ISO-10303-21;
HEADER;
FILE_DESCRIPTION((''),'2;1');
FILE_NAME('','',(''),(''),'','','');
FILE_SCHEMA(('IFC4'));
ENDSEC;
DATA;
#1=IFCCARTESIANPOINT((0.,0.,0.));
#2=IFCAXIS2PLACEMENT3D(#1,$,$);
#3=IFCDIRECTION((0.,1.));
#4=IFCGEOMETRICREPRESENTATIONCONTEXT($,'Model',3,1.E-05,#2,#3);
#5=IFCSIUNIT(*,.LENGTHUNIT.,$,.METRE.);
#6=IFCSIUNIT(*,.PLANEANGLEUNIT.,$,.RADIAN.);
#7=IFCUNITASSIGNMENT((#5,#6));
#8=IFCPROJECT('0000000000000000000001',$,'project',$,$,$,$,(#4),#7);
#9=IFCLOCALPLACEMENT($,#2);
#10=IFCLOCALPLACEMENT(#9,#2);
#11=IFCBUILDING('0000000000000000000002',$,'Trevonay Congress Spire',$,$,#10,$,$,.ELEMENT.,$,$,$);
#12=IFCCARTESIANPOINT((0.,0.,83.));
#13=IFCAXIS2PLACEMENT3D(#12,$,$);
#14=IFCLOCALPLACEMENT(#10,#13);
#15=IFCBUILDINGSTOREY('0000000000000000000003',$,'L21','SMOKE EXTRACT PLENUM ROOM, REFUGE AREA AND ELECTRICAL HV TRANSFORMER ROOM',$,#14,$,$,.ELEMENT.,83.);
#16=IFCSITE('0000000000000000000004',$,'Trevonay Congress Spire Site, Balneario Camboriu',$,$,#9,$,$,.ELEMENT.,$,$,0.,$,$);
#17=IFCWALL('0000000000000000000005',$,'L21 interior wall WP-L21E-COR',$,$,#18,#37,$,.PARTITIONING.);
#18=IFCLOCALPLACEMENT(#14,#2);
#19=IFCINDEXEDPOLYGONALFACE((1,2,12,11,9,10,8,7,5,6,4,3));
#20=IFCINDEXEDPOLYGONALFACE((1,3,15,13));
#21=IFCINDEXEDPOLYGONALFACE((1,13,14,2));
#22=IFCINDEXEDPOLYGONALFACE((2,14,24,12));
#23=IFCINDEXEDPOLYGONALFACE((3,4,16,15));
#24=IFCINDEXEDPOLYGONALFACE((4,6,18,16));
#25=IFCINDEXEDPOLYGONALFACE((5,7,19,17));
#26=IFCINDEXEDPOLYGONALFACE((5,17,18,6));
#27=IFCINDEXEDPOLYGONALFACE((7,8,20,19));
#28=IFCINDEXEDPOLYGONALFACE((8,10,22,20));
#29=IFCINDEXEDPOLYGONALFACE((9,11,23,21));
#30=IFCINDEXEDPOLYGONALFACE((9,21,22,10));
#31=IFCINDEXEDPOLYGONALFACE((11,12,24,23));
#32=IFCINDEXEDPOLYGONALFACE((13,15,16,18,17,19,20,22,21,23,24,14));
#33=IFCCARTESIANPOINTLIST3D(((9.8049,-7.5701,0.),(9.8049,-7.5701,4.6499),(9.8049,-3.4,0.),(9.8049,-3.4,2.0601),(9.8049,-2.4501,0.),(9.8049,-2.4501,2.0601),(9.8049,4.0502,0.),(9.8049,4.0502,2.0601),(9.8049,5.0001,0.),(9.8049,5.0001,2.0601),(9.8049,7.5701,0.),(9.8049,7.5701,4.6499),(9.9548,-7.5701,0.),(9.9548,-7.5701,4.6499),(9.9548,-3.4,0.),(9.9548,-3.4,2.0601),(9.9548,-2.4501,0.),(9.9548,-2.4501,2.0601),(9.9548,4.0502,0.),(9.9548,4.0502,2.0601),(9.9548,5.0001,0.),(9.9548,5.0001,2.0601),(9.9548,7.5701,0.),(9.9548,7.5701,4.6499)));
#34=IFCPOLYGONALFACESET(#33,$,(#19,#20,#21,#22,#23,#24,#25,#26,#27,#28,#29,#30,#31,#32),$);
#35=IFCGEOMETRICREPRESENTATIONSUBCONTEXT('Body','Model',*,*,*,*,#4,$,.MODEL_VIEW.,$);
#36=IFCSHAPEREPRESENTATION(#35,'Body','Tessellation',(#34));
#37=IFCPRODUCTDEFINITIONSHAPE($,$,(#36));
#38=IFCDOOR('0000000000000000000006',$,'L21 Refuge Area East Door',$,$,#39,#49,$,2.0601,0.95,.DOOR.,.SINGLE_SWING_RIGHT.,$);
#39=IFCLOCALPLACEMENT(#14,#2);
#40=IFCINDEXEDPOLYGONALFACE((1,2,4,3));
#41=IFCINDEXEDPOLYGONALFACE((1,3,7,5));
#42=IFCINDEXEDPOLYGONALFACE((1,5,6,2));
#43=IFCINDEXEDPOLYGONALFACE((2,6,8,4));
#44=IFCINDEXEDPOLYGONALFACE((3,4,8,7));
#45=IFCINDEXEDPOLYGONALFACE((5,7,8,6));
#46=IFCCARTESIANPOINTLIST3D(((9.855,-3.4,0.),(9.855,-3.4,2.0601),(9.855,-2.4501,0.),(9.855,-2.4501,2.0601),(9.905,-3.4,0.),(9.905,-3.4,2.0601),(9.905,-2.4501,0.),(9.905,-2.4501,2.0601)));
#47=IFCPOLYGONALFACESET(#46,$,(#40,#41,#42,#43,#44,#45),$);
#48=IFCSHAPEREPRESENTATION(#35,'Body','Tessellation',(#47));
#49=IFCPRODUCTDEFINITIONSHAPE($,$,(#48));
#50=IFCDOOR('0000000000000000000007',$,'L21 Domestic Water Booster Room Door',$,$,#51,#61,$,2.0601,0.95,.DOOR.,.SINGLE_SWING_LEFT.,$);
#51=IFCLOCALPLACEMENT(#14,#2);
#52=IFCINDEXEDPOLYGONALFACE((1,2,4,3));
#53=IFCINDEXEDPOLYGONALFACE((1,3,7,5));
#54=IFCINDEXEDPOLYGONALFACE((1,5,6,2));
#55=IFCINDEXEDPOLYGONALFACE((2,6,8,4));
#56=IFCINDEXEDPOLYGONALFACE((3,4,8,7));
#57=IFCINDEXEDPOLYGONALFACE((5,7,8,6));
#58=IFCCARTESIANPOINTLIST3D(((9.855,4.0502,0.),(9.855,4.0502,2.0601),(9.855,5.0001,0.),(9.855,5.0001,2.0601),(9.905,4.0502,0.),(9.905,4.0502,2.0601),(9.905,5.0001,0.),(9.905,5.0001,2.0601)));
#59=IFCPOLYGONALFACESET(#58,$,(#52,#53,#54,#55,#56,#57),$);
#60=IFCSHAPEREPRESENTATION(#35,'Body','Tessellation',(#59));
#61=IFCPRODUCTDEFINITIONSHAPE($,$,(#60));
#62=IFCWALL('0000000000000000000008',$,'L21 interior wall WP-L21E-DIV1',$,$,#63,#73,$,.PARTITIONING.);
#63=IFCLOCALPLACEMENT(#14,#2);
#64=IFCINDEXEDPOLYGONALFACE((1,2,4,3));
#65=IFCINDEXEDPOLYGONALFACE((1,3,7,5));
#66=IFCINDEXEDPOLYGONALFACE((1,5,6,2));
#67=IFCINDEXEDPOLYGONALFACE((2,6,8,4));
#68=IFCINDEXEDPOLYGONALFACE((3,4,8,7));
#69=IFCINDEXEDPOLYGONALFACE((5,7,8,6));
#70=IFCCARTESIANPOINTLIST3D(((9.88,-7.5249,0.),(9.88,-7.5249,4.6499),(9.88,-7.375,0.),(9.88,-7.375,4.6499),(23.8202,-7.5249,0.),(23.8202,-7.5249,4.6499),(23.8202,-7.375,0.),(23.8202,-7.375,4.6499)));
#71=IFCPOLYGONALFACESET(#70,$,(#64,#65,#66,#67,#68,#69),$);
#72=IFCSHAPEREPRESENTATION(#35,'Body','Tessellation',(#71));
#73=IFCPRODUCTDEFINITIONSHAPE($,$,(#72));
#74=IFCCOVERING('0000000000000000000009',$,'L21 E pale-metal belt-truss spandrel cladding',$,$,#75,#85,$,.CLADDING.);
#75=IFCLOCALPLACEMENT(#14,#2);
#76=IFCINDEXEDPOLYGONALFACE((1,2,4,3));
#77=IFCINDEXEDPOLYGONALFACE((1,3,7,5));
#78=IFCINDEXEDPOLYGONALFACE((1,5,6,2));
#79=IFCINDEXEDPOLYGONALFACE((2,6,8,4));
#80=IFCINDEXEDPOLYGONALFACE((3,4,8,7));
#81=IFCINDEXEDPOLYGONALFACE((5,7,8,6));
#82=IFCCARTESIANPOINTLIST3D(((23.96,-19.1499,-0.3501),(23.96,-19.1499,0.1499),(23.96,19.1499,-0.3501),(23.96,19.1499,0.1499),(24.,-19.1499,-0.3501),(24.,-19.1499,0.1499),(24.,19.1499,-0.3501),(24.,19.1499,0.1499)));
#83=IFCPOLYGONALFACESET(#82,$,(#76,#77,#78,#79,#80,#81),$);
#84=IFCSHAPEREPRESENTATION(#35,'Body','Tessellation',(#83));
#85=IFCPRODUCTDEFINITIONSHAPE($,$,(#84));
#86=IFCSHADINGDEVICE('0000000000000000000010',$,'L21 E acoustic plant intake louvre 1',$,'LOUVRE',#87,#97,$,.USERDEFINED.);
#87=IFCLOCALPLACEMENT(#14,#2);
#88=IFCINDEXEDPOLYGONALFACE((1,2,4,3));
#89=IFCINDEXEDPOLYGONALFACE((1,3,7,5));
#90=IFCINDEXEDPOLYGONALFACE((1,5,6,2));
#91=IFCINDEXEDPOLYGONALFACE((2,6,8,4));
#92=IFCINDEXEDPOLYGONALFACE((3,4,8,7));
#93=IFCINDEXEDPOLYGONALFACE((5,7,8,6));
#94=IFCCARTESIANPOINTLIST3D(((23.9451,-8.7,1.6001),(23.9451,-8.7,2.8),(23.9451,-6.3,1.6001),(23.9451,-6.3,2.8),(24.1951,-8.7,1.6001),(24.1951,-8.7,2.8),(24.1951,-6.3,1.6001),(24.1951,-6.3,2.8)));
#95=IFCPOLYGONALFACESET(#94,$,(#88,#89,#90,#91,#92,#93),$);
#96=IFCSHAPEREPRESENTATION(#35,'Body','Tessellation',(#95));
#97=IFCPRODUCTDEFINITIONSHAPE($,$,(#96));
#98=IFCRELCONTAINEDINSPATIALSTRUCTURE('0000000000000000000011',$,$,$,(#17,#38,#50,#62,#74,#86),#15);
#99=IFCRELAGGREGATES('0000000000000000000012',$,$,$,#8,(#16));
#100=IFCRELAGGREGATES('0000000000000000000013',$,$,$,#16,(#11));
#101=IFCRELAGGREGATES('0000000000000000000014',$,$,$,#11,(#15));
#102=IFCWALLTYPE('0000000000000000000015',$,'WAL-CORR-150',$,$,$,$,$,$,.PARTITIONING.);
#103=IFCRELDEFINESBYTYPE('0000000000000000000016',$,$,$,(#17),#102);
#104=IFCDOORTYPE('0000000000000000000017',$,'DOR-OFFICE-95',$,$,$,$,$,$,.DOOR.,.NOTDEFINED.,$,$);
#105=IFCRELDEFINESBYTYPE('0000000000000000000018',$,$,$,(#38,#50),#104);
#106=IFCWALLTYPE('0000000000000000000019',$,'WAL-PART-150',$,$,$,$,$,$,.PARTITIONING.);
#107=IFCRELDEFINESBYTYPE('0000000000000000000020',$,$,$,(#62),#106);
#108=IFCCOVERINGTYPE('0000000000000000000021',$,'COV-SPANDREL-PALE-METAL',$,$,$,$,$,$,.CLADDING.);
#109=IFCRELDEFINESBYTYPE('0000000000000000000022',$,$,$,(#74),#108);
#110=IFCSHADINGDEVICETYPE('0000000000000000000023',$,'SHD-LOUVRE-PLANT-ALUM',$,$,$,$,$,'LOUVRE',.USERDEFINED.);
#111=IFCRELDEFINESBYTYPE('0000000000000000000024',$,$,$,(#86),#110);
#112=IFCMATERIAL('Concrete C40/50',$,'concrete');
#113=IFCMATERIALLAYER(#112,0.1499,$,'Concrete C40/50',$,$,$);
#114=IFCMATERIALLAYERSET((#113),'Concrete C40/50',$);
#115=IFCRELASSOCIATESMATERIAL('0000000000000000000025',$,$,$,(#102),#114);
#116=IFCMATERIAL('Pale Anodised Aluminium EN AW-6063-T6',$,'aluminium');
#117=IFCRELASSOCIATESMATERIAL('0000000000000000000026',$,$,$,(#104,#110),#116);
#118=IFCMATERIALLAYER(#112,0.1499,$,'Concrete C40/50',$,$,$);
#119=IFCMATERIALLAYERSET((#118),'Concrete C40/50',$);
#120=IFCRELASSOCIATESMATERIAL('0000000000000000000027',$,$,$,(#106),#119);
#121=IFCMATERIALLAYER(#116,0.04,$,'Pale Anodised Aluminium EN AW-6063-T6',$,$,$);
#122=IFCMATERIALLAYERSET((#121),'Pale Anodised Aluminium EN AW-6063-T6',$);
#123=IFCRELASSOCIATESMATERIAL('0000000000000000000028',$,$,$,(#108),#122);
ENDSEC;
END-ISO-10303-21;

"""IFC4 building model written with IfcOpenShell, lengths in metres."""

from ifc_helpers import new_model, si_unit, direction, frame, frame_2d, origin, origin_2d, place, context, subcontext, project, spatial, rectangle, extrude, material, layer, layer_set, type_object, element, fill, save


model = new_model("IFC4")

# Units and contexts
model_context = context("Model", 3, precision=1e-05, world=origin(), true_north=direction((0.0, 1.0)))
body_context = subcontext(model_context, "Body", "Model", "MODEL_VIEW")
ifc_project = project(units=[si_unit("LENGTHUNIT", "METRE"), si_unit("PLANEANGLEUNIT", "RADIAN")], contexts=[model_context])

# Site, building, storey
site_placement = place(None, origin())
site = spatial("IfcSite", under=ifc_project, at=site_placement, Name="Trevonay Congress Spire Site, Balneario Camboriu", CompositionType="ELEMENT", RefElevation=0.0)
building_placement = place(site_placement, origin())
building = spatial("IfcBuilding", under=site, at=building_placement, Name="Trevonay Congress Spire", CompositionType="ELEMENT")
storey_placement = place(building_placement, frame((0.0, 0.0, 83.0)))
storey = spatial("IfcBuildingStorey", under=building, at=storey_placement, Name="L21", Description="SMOKE EXTRACT PLENUM ROOM, REFUGE AREA AND ELECTRICAL HV TRANSFORMER ROOM", CompositionType="ELEMENT", Elevation=83.0)

# Wall, openings, doors
ifc_material_1 = material(Name="Concrete C40/50", Category="concrete")
ifc_layer_1 = layer(ifc_material_1, 0.1499, Name="Concrete C40/50")
ifc_layer_set_1 = layer_set([ifc_layer_1], Name="Concrete C40/50")
wall_type_1 = type_object("IfcWallType", Name="WAL-CORR-150", PredefinedType="PARTITIONING", material=ifc_layer_set_1)
wall_1_placement = place(storey_placement, frame((9.8799, -7.5701, 0.0), z_axis=(0.0, 0.0, 1.0), x_axis=(0.0, 1.0, 0.0)))
wall_1 = element("IfcWall", 1, at=wall_1_placement, inside=storey, type_object=wall_type_1, Name="L21 interior wall WP-L21E-COR", PredefinedType="PARTITIONING", context=body_context, shape_type="SweptSolid", body=[
    extrude(rectangle(XDim=15.1401, YDim=0.1499, at=frame_2d((7.5701, 0.0))), origin(), (0.0, 0.0, 1.0), 4.6499),
])
opening_1_placement = place(wall_1_placement, frame((4.1699, 0.0, 0.0)))
opening_1 = element("IfcOpeningElement", 2, at=opening_1_placement, cuts=wall_1, PredefinedType="OPENING", context=body_context, shape_type="SweptSolid", body=[
    extrude(rectangle(XDim=0.95, YDim=2.0601, at=frame_2d((0.4751, 1.03))), frame((0.0, 0.085, 0.0), z_axis=(0.0, -1.0, 0.0), x_axis=(1.0, 0.0, 0.0)), (0.0, 0.0, 1.0), 0.1699),
])
opening_2_placement = place(wall_1_placement, frame((11.6201, 0.0, 0.0)))
opening_2 = element("IfcOpeningElement", 3, at=opening_2_placement, cuts=wall_1, PredefinedType="OPENING", context=body_context, shape_type="SweptSolid", body=[
    extrude(rectangle(XDim=0.95, YDim=2.0601, at=frame_2d((0.4751, 1.03))), frame((0.0, 0.085, 0.0), z_axis=(0.0, -1.0, 0.0), x_axis=(1.0, 0.0, 0.0)), (0.0, 0.0, 1.0), 0.1699),
])
ifc_material_2 = material(Name="Pale Anodised Aluminium EN AW-6063-T6", Category="aluminium")
door_type = type_object("IfcDoorType", Name="DOR-OFFICE-95", OperationType="NOTDEFINED", PredefinedType="DOOR", material=ifc_material_2)
door_1_placement = place(opening_1_placement, origin())
door_1 = element("IfcDoor", 4, at=door_1_placement, inside=storey, type_object=door_type, Name="L21 Refuge Area East Door", OperationType="SINGLE_SWING_RIGHT", OverallHeight=2.0601, OverallWidth=0.95, PredefinedType="DOOR", context=body_context, shape_type="SweptSolid", body=[
    extrude(rectangle(XDim=0.95, YDim=2.0601, at=frame_2d((0.4751, 1.03))), frame((0.0, 0.0249, 0.0), z_axis=(0.0, -1.0, 0.0), x_axis=(1.0, 0.0, 0.0)), (0.0, 0.0, 1.0), 0.05),
])
fill(opening_1, door_1)
door_2_placement = place(opening_2_placement, origin())
door_2 = element("IfcDoor", 5, at=door_2_placement, inside=storey, type_object=door_type, Name="L21 Domestic Water Booster Room Door", OperationType="SINGLE_SWING_LEFT", OverallHeight=2.0601, OverallWidth=0.95, PredefinedType="DOOR", context=body_context, shape_type="SweptSolid", body=[
    extrude(rectangle(XDim=0.95, YDim=2.0601, at=frame_2d((0.4751, 1.03))), frame((0.0, 0.0249, 0.0), z_axis=(0.0, -1.0, 0.0), x_axis=(1.0, 0.0, 0.0)), (0.0, 0.0, 1.0), 0.05),
])
fill(opening_2, door_2)

# Wall
ifc_layer_2 = layer(ifc_material_1, 0.1499, Name="Concrete C40/50")
ifc_layer_set_2 = layer_set([ifc_layer_2], Name="Concrete C40/50")
wall_type_2 = type_object("IfcWallType", Name="WAL-PART-150", PredefinedType="PARTITIONING", material=ifc_layer_set_2)
wall_2_placement = place(storey_placement, frame((9.8799, -7.45, 0.0), z_axis=(0.0, 0.0, 1.0), x_axis=(1.0, 0.0, 0.0)))
element("IfcWall", 6, at=wall_2_placement, inside=storey, type_object=wall_type_2, Name="L21 interior wall WP-L21E-DIV1", PredefinedType="PARTITIONING", context=body_context, shape_type="SweptSolid", body=[
    extrude(rectangle(XDim=13.9402, YDim=0.1499, at=frame_2d((6.9702, 0.0))), origin(), (0.0, 0.0, 1.0), 4.6499),
])

# Covering
ifc_layer_3 = layer(ifc_material_2, 0.04, Name="Pale Anodised Aluminium EN AW-6063-T6")
ifc_layer_set_3 = layer_set([ifc_layer_3], Name="Pale Anodised Aluminium EN AW-6063-T6")
covering_type = type_object("IfcCoveringType", Name="COV-SPANDREL-PALE-METAL", PredefinedType="CLADDING", material=ifc_layer_set_3)
covering_placement = place(storey_placement, frame((23.98, -19.1499, -0.3501), z_axis=(0.0, 0.0, 1.0), x_axis=(0.0, 1.0, 0.0)))
element("IfcCovering", 7, at=covering_placement, inside=storey, type_object=covering_type, Name="L21 E pale-metal belt-truss spandrel cladding", PredefinedType="CLADDING", context=body_context, shape_type="SweptSolid", body=[
    extrude(rectangle(XDim=38.2998, YDim=0.04, at=frame_2d((19.1499, 0.0))), origin(), (0.0, 0.0, 1.0), 0.5),
])

# Shading device
shading_device_type = type_object("IfcShadingDeviceType", Name="SHD-LOUVRE-PLANT-ALUM", ElementType="LOUVRE", PredefinedType="USERDEFINED", material=ifc_material_2)
shading_device_placement = place(storey_placement, frame((24.0701, -7.5, 1.6001), z_axis=(0.0, 0.0, 1.0), x_axis=(0.0, 1.0, 0.0)))
element("IfcShadingDevice", 8, at=shading_device_placement, inside=storey, type_object=shading_device_type, Name="L21 E acoustic plant intake louvre 1", ObjectType="LOUVRE", PredefinedType="USERDEFINED", context=body_context, shape_type="SweptSolid", body=[
    extrude(rectangle(XDim=2.3999, YDim=0.25, at=origin_2d()), origin(), (0.0, 0.0, 1.0), 1.2),
])

save(model, "model.ifc")
